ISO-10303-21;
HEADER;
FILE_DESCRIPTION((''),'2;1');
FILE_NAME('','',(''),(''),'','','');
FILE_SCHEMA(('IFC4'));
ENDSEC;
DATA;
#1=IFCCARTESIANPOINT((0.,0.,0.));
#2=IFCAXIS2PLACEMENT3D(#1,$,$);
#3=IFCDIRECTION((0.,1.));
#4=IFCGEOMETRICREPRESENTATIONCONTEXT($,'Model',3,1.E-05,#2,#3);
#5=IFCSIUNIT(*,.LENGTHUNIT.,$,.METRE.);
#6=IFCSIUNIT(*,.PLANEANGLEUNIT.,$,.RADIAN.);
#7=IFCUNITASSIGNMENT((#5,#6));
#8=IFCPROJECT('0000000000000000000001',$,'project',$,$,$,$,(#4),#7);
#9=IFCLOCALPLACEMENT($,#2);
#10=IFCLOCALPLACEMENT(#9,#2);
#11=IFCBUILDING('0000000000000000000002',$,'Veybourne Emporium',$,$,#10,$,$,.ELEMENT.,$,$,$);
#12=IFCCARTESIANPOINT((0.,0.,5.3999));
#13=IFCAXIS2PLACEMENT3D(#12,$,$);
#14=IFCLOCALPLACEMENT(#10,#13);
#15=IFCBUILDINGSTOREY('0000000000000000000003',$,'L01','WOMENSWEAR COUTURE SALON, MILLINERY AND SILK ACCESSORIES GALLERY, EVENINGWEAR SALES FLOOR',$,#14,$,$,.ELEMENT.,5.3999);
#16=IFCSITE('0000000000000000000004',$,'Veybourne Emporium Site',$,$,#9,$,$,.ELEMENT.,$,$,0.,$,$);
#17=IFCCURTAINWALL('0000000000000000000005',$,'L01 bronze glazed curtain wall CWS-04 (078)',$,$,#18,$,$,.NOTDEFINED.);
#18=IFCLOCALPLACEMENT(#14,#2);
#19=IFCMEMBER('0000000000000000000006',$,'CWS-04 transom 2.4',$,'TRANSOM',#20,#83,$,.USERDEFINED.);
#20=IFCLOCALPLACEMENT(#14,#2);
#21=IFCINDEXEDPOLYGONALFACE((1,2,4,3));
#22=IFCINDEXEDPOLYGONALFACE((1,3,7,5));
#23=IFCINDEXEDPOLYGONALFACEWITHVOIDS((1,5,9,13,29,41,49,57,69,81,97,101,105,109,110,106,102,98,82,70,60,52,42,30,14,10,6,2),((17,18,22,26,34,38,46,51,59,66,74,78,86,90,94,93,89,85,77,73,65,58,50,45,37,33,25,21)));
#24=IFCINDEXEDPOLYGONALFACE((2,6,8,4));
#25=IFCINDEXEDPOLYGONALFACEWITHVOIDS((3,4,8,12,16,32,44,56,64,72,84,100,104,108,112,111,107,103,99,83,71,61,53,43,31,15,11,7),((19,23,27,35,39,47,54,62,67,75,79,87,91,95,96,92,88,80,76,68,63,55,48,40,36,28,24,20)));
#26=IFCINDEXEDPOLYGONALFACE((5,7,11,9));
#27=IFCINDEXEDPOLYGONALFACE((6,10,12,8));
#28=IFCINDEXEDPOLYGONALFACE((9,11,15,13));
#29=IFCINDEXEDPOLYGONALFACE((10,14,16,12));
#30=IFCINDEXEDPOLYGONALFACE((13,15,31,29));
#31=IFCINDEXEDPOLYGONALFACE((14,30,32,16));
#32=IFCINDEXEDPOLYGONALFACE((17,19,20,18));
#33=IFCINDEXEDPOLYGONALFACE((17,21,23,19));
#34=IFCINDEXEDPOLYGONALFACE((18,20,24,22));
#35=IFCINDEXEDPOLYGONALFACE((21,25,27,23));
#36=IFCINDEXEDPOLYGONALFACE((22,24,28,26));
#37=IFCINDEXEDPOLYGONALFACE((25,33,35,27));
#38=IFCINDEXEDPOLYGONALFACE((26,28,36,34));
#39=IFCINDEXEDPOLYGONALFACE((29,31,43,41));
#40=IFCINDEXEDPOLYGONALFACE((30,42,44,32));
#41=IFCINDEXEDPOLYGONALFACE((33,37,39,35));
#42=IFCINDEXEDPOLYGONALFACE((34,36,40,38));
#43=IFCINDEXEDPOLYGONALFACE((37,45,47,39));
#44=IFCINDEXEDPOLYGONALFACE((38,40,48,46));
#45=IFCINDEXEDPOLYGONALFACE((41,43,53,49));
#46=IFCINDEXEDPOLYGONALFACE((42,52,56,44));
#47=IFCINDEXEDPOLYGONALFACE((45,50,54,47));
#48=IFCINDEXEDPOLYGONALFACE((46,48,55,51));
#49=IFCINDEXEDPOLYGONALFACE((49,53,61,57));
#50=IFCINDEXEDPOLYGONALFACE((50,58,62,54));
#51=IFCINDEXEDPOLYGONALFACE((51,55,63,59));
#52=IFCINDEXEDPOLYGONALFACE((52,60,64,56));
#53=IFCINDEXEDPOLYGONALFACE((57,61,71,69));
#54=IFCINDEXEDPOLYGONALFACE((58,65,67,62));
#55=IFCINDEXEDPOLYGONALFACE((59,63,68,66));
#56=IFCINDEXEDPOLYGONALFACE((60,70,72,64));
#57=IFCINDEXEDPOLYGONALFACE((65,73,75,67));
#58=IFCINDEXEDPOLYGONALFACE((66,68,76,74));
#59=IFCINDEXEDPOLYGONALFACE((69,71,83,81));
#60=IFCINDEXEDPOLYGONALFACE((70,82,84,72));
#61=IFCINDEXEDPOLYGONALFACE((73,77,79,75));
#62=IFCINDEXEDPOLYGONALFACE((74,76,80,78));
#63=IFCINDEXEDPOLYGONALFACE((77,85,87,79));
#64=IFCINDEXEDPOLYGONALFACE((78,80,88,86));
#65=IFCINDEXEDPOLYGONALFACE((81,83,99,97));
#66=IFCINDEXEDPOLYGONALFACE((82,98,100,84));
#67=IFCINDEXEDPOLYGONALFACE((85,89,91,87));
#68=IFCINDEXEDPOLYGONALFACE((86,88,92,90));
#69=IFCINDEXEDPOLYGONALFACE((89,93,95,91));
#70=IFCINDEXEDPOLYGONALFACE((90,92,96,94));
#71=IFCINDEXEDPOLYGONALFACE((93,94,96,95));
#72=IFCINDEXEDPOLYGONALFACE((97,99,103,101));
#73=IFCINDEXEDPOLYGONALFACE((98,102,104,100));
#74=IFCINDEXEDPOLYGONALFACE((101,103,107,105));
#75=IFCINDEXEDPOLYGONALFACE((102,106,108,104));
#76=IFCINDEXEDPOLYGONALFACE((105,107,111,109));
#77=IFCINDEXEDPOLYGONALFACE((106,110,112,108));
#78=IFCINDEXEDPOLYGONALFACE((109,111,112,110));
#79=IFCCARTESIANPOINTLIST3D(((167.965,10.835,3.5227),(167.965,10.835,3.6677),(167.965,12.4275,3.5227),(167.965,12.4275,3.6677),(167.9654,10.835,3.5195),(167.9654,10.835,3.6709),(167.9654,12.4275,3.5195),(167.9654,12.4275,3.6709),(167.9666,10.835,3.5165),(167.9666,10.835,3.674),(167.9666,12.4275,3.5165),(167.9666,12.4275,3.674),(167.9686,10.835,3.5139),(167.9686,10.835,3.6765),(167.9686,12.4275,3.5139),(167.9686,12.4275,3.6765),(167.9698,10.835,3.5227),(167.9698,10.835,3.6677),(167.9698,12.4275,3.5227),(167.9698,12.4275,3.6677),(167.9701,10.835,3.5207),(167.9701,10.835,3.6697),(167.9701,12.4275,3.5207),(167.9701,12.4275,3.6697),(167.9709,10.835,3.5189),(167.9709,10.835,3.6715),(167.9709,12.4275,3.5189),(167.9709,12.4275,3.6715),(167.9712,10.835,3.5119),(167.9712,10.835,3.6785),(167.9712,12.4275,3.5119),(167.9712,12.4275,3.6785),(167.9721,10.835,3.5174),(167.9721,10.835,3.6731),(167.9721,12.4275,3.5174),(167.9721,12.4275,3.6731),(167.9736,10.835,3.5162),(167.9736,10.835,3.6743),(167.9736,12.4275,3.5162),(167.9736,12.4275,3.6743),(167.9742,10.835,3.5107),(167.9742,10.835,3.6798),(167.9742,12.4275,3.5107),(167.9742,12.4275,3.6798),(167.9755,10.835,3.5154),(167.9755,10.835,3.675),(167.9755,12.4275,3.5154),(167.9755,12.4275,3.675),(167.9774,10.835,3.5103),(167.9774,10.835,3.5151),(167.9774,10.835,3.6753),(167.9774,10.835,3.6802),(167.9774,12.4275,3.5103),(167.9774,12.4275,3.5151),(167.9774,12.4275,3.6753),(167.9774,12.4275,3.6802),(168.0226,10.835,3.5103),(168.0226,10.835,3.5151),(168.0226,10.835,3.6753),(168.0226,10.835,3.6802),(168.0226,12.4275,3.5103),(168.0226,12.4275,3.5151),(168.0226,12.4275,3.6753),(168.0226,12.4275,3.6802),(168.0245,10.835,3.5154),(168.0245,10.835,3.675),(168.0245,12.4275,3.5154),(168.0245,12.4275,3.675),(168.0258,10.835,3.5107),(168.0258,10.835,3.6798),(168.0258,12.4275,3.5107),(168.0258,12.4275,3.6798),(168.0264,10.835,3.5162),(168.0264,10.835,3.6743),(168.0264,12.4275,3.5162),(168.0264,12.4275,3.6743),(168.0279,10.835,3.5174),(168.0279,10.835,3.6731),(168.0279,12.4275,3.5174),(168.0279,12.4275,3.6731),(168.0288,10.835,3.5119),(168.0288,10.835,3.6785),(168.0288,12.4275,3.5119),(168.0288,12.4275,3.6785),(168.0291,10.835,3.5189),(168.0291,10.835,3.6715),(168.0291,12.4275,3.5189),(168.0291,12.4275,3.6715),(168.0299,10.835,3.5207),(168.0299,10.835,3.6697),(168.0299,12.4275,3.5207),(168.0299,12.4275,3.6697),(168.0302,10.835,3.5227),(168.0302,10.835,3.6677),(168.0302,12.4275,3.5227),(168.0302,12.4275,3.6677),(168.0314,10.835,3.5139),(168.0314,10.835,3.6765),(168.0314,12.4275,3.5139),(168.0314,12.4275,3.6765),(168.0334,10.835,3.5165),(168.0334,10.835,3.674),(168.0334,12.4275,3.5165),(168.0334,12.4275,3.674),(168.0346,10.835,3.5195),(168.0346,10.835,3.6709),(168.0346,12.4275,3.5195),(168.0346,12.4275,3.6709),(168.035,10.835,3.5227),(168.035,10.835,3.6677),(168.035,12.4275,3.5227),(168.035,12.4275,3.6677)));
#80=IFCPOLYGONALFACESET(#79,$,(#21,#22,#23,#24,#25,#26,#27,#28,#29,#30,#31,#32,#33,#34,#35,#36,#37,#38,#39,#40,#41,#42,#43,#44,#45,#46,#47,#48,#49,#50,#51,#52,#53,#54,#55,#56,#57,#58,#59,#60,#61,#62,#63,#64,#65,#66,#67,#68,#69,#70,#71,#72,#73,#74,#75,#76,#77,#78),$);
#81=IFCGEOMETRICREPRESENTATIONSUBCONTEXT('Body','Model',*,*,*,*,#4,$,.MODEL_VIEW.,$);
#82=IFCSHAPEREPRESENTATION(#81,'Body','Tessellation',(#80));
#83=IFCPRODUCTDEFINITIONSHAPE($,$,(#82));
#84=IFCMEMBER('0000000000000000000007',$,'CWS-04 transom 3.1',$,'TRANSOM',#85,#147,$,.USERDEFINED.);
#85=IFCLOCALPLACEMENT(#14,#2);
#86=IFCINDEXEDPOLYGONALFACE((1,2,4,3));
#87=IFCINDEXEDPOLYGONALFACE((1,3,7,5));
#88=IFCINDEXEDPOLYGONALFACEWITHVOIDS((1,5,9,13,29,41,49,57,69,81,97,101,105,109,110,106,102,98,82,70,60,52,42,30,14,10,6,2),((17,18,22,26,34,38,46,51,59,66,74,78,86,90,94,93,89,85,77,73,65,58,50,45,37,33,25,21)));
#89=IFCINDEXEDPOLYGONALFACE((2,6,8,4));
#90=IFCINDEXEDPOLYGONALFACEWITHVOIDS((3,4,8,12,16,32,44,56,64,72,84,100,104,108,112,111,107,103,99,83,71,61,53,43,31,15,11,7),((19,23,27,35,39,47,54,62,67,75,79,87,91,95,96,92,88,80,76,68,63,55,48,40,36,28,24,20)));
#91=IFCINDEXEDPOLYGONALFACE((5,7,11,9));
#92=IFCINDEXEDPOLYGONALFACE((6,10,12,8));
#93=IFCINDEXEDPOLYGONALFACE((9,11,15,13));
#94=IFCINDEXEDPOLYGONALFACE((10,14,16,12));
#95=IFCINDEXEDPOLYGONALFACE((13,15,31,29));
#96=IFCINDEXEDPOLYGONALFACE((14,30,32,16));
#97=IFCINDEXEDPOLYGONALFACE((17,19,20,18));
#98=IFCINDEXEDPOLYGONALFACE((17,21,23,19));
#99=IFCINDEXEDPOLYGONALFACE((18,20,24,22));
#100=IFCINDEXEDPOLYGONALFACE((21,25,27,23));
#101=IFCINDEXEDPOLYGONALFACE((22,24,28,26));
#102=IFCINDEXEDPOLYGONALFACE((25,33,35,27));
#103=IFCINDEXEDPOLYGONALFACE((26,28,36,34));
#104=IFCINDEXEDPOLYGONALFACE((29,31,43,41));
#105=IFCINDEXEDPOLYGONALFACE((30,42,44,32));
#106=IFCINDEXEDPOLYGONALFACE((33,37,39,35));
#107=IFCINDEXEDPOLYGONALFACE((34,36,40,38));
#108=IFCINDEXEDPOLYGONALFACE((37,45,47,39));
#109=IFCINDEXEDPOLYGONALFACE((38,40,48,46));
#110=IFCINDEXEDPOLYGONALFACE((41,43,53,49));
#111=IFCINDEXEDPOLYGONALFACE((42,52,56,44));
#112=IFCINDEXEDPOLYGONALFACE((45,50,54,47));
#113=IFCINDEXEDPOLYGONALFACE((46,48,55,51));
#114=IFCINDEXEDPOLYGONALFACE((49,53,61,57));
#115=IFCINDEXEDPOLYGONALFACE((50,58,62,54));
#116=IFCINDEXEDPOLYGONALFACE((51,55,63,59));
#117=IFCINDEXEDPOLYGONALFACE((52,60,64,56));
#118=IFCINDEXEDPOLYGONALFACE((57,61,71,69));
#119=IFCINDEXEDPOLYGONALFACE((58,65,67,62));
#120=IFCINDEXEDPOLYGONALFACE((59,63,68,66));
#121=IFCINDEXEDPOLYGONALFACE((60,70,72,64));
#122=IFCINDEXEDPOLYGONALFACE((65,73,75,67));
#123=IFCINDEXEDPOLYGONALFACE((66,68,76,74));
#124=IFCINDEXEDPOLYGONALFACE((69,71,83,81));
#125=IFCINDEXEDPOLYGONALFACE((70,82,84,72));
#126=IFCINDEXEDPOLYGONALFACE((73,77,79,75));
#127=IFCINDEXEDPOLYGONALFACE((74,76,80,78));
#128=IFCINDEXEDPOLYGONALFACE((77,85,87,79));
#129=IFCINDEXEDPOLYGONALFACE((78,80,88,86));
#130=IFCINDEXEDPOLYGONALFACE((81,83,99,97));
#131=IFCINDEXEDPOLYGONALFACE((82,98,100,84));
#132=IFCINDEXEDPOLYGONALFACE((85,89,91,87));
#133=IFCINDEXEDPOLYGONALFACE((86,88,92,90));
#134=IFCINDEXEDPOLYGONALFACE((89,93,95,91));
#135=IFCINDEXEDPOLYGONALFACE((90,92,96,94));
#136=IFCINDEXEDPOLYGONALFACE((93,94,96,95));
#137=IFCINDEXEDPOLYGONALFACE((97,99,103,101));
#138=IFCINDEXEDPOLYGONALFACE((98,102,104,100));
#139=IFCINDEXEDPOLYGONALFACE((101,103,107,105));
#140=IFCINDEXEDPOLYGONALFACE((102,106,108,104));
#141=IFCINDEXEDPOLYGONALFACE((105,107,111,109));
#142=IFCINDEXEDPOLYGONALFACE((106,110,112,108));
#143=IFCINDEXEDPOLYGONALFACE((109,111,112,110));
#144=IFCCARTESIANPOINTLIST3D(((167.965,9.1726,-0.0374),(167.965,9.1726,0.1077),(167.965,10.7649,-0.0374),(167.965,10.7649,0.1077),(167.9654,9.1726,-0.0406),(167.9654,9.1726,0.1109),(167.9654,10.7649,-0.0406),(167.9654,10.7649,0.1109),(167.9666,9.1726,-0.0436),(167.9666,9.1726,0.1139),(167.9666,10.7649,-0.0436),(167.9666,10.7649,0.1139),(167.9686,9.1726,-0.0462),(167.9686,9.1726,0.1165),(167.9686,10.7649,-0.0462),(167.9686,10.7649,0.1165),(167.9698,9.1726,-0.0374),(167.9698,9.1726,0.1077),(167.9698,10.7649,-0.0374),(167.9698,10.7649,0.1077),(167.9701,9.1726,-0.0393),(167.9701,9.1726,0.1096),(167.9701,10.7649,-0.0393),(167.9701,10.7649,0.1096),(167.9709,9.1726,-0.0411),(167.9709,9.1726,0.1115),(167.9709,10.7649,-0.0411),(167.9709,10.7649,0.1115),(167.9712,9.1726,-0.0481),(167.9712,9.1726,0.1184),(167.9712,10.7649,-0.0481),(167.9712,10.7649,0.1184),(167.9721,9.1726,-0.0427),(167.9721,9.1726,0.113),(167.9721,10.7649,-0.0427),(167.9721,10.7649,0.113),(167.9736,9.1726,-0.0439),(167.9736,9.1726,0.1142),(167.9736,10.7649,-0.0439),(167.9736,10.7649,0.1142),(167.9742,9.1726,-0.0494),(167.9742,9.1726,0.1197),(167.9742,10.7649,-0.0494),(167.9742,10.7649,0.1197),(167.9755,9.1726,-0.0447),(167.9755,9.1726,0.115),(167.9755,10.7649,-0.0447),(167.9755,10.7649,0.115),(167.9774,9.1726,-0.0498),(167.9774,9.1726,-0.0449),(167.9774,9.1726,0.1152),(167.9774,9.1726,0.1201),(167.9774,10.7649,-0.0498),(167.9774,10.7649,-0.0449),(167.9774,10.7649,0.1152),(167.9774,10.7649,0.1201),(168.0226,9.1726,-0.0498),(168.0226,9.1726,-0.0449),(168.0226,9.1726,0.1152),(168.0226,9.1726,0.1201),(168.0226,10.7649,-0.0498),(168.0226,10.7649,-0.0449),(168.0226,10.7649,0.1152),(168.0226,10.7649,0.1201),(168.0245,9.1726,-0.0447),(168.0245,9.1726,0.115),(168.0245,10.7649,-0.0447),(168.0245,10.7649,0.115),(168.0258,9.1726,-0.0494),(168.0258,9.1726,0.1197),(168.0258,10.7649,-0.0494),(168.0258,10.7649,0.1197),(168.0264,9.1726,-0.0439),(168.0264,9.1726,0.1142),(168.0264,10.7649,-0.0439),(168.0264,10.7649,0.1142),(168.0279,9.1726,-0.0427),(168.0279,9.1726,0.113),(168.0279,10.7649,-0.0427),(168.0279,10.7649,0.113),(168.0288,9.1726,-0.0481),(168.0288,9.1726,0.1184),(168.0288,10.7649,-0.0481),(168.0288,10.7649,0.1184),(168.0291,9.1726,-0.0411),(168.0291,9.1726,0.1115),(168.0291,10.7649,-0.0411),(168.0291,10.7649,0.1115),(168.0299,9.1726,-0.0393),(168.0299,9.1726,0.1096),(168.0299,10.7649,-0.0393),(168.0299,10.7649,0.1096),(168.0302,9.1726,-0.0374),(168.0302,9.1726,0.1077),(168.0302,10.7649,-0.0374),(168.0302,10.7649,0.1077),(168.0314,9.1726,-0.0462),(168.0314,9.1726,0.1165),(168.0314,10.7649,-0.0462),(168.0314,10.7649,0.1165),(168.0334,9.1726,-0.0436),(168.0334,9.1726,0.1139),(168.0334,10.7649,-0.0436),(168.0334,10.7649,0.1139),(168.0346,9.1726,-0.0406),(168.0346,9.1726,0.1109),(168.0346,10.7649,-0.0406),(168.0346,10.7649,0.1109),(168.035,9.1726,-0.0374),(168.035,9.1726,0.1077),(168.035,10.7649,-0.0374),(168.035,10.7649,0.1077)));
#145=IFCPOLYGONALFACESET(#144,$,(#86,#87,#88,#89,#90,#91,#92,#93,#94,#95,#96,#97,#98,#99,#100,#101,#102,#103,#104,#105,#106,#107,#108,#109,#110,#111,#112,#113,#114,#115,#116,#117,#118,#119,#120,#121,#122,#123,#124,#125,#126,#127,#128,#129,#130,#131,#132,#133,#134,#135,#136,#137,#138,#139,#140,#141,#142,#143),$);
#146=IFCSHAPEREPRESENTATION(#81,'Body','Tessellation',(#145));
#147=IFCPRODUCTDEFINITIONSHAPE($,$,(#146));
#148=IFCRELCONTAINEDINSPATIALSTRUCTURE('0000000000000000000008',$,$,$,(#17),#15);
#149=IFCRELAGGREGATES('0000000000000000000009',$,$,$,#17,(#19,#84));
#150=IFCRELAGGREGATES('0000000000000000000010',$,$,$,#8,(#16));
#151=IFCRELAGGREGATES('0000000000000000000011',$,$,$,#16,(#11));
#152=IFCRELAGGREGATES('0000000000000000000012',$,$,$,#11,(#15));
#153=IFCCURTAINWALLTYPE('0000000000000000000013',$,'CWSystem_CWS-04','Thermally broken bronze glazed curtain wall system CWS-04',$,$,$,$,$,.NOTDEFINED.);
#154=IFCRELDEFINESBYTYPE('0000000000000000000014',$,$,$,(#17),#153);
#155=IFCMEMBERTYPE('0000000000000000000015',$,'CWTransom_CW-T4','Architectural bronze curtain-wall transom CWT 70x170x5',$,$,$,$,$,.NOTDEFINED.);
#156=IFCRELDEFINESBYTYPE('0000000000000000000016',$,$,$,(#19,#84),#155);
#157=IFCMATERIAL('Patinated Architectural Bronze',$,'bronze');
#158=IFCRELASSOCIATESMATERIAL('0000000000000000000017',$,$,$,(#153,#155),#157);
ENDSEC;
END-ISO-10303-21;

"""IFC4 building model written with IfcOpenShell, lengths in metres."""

from ifc_helpers import new_model, si_unit, direction, frame, origin, origin_2d, place, context, subcontext, project, spatial, hollow_rectangle, extrude, material, material_profile, profile_set, type_object, element, aggregate, save


model = new_model("IFC4")

# Units and contexts
model_context = context("Model", 3, precision=1e-05, world=origin(), true_north=direction((0.0, 1.0)))
body_context = subcontext(model_context, "Body", "Model", "MODEL_VIEW")
ifc_project = project(units=[si_unit("LENGTHUNIT", "METRE"), si_unit("PLANEANGLEUNIT", "RADIAN")], contexts=[model_context])

# Site, building, storey
site_placement = place(None, origin())
site = spatial("IfcSite", under=ifc_project, at=site_placement, Name="Veybourne Emporium Site", CompositionType="ELEMENT", RefElevation=0.0)
building_placement = place(site_placement, origin())
building = spatial("IfcBuilding", under=site, at=building_placement, Name="Veybourne Emporium", CompositionType="ELEMENT")
storey_placement = place(building_placement, frame((0.0, 0.0, 5.3999)))
storey = spatial("IfcBuildingStorey", under=building, at=storey_placement, Name="L01", Description="WOMENSWEAR COUTURE SALON, MILLINERY AND SILK ACCESSORIES GALLERY, EVENINGWEAR SALES FLOOR", CompositionType="ELEMENT", Elevation=5.3999)

# Curtain wall, members
ifc_material_1 = material(Name="Patinated Architectural Bronze", Category="bronze")
curtain_wall_type = type_object("IfcCurtainWallType", Name="CWSystem_CWS-04", Description="Thermally broken bronze glazed curtain wall system CWS-04", PredefinedType="NOTDEFINED", material=ifc_material_1)
curtain_wall_placement = place(storey_placement, origin())
curtain_wall = element("IfcCurtainWall", 1, at=curtain_wall_placement, inside=storey, type_object=curtain_wall_type, Name="L01 bronze glazed curtain wall CWS-04 (078)", PredefinedType="NOTDEFINED")
ifc_material_profile_1 = material_profile(ifc_material_1, hollow_rectangle(XDim=0.0701, YDim=0.1699, WallThickness=0.0049, InnerFilletRadius=0.0076, OuterFilletRadius=0.0125, at=origin_2d()), Name="CWT 70x170x5")
ifc_profile_set_1 = profile_set([ifc_material_profile_1], Name="Patinated Architectural Bronze")
member_type_1 = type_object("IfcMemberType", Name="CWTransom_CW-T4", Description="Architectural bronze curtain-wall transom CWT 70x170x5", PredefinedType="NOTDEFINED", material=ifc_profile_set_1)
member_1_placement = place(storey_placement, frame((168.0, 12.4275, 3.5952), z_axis=(0.0, -1.0, 0.0), x_axis=(1.0, 0.0, 0.0)))
member_1 = element("IfcMember", 2, at=member_1_placement, type_object=member_type_1, Name="CWS-04 transom 2.4", ObjectType="TRANSOM", PredefinedType="USERDEFINED", context=body_context, shape_type="SweptSolid", body=[
    extrude(hollow_rectangle(XDim=0.0701, YDim=0.1699, WallThickness=0.0049, InnerFilletRadius=0.0076, OuterFilletRadius=0.0125, at=origin_2d()), origin(), (0.0, 0.0, 1.0), 1.5925),
])
member_2_placement = place(storey_placement, frame((168.0, 10.7649, 0.0352), z_axis=(0.0, -1.0, 0.0), x_axis=(1.0, 0.0, 0.0)))
member_2 = element("IfcMember", 3, at=member_2_placement, type_object=member_type_1, Name="CWS-04 transom 3.1", ObjectType="TRANSOM", PredefinedType="USERDEFINED", context=body_context, shape_type="SweptSolid", body=[
    extrude(hollow_rectangle(XDim=0.0701, YDim=0.1699, WallThickness=0.0049, InnerFilletRadius=0.0076, OuterFilletRadius=0.0125, at=origin_2d()), origin(), (0.0, 0.0, 1.0), 1.5923),
])
aggregate(curtain_wall, [member_1, member_2])

save(model, "model.ifc")
